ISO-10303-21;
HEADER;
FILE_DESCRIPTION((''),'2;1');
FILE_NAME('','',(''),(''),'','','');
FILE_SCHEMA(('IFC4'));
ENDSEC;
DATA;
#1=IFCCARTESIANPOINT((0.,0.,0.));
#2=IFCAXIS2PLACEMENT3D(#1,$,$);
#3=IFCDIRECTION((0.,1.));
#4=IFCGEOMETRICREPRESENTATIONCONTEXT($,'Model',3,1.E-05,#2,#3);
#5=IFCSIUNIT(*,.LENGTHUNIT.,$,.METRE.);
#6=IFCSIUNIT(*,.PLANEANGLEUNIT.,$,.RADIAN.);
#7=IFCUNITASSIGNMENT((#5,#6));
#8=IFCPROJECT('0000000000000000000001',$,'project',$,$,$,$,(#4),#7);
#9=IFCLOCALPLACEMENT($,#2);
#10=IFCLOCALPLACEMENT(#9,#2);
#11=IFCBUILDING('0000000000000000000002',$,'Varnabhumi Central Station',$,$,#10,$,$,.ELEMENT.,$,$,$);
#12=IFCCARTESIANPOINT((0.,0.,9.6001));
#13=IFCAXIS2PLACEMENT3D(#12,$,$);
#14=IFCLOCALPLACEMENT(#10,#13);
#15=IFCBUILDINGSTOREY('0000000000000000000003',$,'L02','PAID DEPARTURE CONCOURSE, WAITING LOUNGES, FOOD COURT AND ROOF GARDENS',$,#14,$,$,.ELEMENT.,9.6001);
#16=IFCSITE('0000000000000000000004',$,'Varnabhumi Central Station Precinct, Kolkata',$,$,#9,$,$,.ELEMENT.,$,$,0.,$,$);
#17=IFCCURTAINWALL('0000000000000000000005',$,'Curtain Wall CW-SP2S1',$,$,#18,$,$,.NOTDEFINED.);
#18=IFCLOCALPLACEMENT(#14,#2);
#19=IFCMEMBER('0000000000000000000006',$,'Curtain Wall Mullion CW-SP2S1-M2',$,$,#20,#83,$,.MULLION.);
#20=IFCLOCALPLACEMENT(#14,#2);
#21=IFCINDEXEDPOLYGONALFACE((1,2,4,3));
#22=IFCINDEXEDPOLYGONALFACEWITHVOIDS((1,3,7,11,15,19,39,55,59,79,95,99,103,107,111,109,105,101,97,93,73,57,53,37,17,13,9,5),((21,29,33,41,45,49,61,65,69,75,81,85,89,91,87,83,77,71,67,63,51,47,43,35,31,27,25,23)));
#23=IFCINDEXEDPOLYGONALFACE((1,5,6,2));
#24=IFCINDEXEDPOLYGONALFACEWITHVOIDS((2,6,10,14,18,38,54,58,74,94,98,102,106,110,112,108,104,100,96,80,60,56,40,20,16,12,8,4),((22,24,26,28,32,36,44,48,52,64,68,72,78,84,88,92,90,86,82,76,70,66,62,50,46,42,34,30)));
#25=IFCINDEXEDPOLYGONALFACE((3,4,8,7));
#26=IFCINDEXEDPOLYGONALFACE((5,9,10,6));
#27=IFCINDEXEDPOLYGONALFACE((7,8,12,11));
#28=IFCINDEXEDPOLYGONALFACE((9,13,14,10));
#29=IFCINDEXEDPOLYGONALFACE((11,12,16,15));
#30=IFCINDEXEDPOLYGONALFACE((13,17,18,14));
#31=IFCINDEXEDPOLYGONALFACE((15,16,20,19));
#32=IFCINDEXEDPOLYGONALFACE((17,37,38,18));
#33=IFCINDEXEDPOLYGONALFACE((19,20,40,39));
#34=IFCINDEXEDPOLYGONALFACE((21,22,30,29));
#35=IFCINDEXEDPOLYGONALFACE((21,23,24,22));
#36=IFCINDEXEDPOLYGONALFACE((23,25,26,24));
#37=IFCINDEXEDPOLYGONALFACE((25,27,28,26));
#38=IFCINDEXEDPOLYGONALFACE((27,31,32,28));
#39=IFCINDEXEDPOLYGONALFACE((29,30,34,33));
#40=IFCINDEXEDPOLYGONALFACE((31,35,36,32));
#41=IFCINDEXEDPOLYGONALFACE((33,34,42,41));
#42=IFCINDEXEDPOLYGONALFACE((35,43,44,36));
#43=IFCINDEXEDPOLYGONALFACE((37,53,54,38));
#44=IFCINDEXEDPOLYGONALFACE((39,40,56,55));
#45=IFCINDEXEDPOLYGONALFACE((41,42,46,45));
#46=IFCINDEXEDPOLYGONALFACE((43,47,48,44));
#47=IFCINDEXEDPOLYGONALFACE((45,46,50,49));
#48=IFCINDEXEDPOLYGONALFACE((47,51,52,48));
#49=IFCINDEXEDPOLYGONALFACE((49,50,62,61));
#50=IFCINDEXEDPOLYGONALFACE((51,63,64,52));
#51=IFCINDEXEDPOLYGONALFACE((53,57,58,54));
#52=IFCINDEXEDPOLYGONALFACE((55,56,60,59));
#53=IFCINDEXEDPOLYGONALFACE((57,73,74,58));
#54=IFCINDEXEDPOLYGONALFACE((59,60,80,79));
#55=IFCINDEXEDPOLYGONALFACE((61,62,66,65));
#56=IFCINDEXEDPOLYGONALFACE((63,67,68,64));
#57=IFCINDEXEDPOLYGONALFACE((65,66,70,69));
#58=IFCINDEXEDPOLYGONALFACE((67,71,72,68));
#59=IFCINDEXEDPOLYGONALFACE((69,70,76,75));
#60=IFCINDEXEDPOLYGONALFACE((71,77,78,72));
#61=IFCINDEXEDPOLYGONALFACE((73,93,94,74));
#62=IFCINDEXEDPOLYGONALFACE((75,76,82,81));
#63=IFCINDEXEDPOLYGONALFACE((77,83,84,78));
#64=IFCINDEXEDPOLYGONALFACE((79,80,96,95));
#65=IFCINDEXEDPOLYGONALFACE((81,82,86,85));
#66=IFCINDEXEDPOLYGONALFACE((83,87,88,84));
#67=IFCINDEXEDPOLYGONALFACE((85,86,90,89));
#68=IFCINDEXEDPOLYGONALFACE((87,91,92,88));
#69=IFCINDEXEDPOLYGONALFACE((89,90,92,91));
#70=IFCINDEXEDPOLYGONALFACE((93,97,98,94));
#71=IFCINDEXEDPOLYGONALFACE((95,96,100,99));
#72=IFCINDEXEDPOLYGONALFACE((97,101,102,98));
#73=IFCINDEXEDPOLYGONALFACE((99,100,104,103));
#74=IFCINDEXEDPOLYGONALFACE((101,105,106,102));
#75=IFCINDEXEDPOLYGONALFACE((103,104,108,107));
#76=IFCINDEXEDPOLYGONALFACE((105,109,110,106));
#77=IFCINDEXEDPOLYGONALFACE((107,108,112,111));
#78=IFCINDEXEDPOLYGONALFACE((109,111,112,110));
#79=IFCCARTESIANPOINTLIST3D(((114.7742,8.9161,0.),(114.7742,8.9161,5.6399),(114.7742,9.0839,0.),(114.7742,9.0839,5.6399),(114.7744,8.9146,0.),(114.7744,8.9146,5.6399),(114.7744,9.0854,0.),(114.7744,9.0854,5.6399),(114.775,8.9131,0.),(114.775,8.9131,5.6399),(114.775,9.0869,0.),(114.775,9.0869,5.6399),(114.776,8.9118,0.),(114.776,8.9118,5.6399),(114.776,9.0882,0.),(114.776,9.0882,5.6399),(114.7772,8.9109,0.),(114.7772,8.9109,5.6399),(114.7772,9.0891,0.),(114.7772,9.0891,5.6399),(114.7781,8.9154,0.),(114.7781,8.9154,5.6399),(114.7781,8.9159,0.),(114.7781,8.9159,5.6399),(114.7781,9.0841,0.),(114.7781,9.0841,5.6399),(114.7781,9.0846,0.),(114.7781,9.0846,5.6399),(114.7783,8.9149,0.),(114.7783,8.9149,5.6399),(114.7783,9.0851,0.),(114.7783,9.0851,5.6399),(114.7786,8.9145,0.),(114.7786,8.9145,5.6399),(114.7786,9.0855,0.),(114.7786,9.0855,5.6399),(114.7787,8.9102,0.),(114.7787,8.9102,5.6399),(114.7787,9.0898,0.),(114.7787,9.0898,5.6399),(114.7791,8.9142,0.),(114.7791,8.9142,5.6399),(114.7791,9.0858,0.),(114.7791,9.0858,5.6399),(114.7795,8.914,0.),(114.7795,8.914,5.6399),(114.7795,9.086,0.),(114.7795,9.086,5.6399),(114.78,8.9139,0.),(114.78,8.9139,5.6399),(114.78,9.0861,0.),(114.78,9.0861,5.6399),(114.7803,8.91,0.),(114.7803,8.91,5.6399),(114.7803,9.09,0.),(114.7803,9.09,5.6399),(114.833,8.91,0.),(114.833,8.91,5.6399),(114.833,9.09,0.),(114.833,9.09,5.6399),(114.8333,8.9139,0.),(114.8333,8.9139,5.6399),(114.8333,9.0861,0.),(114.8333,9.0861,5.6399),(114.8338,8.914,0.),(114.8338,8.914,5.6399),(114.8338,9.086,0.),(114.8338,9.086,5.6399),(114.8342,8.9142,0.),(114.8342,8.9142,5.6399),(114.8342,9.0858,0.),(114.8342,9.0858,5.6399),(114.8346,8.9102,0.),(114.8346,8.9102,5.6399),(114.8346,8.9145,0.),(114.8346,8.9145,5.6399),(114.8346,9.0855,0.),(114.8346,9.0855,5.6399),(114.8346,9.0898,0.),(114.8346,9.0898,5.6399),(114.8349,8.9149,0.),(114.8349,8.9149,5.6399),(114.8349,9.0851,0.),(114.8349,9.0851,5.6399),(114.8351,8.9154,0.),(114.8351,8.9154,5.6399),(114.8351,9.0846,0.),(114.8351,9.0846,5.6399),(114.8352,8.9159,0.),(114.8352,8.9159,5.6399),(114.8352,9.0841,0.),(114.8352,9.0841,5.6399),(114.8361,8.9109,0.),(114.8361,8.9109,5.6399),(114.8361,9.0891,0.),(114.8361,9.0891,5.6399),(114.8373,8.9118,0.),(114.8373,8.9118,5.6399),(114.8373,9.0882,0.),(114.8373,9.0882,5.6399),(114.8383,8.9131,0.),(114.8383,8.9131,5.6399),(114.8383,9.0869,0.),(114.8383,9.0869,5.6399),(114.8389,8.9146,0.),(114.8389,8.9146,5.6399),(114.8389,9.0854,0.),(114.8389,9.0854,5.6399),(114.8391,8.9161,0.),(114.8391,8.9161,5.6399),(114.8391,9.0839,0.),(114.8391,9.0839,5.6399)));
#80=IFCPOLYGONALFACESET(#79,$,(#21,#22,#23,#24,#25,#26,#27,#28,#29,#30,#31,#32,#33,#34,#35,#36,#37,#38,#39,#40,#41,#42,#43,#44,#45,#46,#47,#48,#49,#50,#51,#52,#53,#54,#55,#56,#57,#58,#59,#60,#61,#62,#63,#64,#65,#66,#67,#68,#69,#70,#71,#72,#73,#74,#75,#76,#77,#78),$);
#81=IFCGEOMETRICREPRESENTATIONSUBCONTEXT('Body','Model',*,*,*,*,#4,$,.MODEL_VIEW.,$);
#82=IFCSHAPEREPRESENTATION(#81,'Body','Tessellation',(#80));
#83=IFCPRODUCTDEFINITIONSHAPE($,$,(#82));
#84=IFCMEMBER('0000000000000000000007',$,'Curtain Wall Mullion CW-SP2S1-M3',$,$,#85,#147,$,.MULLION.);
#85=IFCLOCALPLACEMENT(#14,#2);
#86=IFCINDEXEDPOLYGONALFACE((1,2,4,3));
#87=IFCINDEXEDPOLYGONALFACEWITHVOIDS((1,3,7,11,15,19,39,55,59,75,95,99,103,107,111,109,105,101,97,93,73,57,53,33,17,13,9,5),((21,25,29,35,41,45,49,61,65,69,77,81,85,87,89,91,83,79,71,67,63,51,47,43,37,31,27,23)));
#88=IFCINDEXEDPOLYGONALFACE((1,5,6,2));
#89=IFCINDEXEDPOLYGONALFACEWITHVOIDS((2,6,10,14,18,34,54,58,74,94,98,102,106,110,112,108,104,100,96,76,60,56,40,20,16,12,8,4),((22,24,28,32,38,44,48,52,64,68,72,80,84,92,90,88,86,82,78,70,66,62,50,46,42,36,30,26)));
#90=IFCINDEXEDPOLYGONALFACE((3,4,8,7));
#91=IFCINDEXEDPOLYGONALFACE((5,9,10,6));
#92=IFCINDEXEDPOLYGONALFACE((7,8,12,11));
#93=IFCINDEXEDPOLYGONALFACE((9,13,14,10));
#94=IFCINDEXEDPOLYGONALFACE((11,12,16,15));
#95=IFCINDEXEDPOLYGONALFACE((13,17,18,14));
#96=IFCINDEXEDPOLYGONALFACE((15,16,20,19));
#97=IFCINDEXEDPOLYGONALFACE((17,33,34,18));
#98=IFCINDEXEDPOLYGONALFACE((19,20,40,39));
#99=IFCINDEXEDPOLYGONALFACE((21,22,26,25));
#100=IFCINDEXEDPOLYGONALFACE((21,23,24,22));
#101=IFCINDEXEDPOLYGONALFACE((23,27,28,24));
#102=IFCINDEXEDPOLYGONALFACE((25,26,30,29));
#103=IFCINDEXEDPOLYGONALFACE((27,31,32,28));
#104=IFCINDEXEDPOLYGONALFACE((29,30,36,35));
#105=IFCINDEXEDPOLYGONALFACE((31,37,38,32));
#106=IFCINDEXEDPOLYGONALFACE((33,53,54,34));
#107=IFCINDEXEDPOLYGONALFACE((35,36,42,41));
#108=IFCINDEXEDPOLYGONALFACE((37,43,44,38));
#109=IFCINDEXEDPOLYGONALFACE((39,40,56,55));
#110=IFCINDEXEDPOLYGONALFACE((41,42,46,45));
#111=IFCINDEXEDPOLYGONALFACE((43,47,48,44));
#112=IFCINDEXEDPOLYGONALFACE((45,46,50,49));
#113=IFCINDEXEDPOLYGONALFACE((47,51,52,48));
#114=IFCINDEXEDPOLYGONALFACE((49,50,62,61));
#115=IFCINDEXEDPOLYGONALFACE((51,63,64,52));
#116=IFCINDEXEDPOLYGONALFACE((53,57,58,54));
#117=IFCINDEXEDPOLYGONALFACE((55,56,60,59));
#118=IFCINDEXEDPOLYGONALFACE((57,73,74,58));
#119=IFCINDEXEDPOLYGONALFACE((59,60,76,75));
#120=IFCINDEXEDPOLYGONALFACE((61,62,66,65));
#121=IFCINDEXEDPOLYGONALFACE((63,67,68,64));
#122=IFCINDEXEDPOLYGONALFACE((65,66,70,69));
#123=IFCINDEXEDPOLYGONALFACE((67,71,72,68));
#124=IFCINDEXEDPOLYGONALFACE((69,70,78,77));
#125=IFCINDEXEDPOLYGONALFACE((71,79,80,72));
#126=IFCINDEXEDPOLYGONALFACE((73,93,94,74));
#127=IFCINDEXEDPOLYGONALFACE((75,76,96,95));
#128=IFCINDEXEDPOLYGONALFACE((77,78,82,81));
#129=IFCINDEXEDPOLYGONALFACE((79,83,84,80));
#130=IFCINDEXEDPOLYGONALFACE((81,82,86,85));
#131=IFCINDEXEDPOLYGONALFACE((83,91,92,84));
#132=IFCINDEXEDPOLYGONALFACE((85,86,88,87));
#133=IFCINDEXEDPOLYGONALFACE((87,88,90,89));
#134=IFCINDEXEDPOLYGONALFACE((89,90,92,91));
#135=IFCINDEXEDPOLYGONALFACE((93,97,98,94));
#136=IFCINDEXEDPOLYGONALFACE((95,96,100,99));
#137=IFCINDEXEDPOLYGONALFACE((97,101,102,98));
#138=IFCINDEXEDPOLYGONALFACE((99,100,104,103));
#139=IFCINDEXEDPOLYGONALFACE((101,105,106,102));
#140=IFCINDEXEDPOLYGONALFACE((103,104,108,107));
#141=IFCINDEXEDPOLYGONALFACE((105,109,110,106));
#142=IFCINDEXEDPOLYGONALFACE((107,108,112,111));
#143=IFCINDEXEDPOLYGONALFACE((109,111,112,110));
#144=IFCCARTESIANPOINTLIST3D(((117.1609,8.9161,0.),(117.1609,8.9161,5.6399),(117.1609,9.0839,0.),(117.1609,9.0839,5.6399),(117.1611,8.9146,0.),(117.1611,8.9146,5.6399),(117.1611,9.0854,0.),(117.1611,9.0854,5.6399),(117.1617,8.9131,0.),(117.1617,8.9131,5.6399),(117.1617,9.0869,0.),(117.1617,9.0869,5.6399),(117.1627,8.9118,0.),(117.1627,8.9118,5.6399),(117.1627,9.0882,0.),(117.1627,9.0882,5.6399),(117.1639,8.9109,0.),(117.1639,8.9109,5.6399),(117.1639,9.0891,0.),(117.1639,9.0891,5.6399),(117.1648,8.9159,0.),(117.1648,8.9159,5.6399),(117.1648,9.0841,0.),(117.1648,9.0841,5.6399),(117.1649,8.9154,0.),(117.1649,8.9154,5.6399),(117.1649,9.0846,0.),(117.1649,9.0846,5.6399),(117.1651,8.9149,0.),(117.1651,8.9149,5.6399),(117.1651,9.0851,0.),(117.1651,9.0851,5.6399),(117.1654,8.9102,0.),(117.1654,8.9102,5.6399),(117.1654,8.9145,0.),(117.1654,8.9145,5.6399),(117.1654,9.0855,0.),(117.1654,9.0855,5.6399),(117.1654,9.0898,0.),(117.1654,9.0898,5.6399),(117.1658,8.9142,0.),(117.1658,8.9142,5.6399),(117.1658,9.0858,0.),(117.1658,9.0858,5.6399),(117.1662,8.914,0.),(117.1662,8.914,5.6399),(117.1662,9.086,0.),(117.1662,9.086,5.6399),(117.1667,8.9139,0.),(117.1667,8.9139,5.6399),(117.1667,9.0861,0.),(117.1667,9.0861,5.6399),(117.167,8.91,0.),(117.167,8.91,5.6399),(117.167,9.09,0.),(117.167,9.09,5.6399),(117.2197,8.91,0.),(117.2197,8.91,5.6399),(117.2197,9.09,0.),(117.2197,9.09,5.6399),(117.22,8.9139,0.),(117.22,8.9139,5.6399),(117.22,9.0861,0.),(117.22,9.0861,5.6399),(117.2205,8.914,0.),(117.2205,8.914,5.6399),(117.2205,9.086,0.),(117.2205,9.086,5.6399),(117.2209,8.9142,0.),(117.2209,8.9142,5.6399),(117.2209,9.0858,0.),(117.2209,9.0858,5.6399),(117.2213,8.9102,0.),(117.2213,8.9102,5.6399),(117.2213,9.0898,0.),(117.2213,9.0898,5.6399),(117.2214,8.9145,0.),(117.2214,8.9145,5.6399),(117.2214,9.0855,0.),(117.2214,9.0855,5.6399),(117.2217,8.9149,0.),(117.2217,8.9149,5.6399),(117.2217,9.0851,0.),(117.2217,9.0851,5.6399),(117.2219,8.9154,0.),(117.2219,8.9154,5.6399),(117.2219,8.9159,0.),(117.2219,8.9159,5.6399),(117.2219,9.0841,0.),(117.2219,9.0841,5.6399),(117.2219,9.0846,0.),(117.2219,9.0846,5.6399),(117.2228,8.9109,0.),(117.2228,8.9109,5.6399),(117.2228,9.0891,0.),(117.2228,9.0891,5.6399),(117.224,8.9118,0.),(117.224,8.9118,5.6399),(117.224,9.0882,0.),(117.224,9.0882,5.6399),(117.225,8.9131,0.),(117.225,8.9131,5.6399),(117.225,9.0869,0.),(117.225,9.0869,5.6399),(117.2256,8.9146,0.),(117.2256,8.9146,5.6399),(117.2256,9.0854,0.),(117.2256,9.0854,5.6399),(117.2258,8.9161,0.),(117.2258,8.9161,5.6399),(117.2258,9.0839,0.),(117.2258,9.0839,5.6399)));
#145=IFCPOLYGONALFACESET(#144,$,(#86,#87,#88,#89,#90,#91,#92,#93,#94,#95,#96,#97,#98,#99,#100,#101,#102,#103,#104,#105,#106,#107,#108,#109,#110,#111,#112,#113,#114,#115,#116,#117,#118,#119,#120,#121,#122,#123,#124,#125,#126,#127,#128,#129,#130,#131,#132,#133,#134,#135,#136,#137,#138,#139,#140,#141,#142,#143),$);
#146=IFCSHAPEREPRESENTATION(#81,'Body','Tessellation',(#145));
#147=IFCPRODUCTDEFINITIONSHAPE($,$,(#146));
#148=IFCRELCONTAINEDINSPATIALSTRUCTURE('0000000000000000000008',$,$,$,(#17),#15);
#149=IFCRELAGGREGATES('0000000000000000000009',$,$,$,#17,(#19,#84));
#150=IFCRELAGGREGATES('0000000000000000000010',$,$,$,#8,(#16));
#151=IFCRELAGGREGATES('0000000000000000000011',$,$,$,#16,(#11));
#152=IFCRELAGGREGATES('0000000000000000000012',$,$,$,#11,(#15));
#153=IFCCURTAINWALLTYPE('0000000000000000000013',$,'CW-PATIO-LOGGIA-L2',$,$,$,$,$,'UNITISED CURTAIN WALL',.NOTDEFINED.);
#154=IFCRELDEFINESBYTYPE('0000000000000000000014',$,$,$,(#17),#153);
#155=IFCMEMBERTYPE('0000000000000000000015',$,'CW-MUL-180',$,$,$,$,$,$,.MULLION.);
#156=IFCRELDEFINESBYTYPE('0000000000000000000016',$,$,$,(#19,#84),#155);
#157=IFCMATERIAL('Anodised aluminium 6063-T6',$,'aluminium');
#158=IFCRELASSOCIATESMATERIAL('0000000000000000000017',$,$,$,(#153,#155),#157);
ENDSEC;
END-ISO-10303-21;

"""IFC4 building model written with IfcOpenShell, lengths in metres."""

from ifc_helpers import new_model, si_unit, direction, frame, origin, origin_2d, place, context, subcontext, project, spatial, hollow_rectangle, extrude, material, material_profile, profile_set, type_object, element, aggregate, save


model = new_model("IFC4")

# Units and contexts
model_context = context("Model", 3, precision=1e-05, world=origin(), true_north=direction((0.0, 1.0)))
body_context = subcontext(model_context, "Body", "Model", "MODEL_VIEW")
ifc_project = project(units=[si_unit("LENGTHUNIT", "METRE"), si_unit("PLANEANGLEUNIT", "RADIAN")], contexts=[model_context])

# Site, building, storey
site_placement = place(None, origin())
site = spatial("IfcSite", under=ifc_project, at=site_placement, Name="Varnabhumi Central Station Precinct, Kolkata", CompositionType="ELEMENT", RefElevation=0.0)
building_placement = place(site_placement, origin())
building = spatial("IfcBuilding", under=site, at=building_placement, Name="Varnabhumi Central Station", CompositionType="ELEMENT")
storey_placement = place(building_placement, frame((0.0, 0.0, 9.6001)))
storey = spatial("IfcBuildingStorey", under=building, at=storey_placement, Name="L02", Description="PAID DEPARTURE CONCOURSE, WAITING LOUNGES, FOOD COURT AND ROOF GARDENS", CompositionType="ELEMENT", Elevation=9.6001)

# Curtain wall, members
ifc_material_1 = material(Name="Anodised aluminium 6063-T6", Category="aluminium")
curtain_wall_type = type_object("IfcCurtainWallType", Name="CW-PATIO-LOGGIA-L2", ElementType="UNITISED CURTAIN WALL", PredefinedType="NOTDEFINED", material=ifc_material_1)
curtain_wall_placement = place(storey_placement, origin())
curtain_wall = element("IfcCurtainWall", 1, at=curtain_wall_placement, inside=storey, type_object=curtain_wall_type, Name="Curtain Wall CW-SP2S1", PredefinedType="NOTDEFINED")
ifc_material_profile_1 = material_profile(ifc_material_1, hollow_rectangle(XDim=0.0649, YDim=0.1799, WallThickness=0.0039, InnerFilletRadius=0.002, OuterFilletRadius=0.0061, at=origin_2d()), Name="Anodised aluminium 6063-T6", Category="aluminium")
ifc_profile_set_1 = profile_set([ifc_material_profile_1], Name="Anodised aluminium 6063-T6")
member_type_1 = type_object("IfcMemberType", Name="CW-MUL-180", PredefinedType="MULLION", material=ifc_profile_set_1)
member_1_placement = place(storey_placement, frame((114.8066, 9.0, 0.0), z_axis=(0.0, 0.0, 1.0), x_axis=(1.0, 0.0, 0.0)))
member_1 = element("IfcMember", 2, at=member_1_placement, type_object=member_type_1, Name="Curtain Wall Mullion CW-SP2S1-M2", PredefinedType="MULLION", context=body_context, shape_type="SweptSolid", body=[
    extrude(hollow_rectangle(XDim=0.0649, YDim=0.1799, WallThickness=0.0039, InnerFilletRadius=0.002, OuterFilletRadius=0.0061, at=origin_2d()), origin(), (0.0, 0.0, 1.0), 5.6399),
])
member_2_placement = place(storey_placement, frame((117.1934, 9.0, 0.0), z_axis=(0.0, 0.0, 1.0), x_axis=(1.0, 0.0, 0.0)))
member_2 = element("IfcMember", 3, at=member_2_placement, type_object=member_type_1, Name="Curtain Wall Mullion CW-SP2S1-M3", PredefinedType="MULLION", context=body_context, shape_type="SweptSolid", body=[
    extrude(hollow_rectangle(XDim=0.0649, YDim=0.1799, WallThickness=0.0039, InnerFilletRadius=0.002, OuterFilletRadius=0.0061, at=origin_2d()), origin(), (0.0, 0.0, 1.0), 5.6399),
])
aggregate(curtain_wall, [member_1, member_2])

save(model, "model.ifc")
